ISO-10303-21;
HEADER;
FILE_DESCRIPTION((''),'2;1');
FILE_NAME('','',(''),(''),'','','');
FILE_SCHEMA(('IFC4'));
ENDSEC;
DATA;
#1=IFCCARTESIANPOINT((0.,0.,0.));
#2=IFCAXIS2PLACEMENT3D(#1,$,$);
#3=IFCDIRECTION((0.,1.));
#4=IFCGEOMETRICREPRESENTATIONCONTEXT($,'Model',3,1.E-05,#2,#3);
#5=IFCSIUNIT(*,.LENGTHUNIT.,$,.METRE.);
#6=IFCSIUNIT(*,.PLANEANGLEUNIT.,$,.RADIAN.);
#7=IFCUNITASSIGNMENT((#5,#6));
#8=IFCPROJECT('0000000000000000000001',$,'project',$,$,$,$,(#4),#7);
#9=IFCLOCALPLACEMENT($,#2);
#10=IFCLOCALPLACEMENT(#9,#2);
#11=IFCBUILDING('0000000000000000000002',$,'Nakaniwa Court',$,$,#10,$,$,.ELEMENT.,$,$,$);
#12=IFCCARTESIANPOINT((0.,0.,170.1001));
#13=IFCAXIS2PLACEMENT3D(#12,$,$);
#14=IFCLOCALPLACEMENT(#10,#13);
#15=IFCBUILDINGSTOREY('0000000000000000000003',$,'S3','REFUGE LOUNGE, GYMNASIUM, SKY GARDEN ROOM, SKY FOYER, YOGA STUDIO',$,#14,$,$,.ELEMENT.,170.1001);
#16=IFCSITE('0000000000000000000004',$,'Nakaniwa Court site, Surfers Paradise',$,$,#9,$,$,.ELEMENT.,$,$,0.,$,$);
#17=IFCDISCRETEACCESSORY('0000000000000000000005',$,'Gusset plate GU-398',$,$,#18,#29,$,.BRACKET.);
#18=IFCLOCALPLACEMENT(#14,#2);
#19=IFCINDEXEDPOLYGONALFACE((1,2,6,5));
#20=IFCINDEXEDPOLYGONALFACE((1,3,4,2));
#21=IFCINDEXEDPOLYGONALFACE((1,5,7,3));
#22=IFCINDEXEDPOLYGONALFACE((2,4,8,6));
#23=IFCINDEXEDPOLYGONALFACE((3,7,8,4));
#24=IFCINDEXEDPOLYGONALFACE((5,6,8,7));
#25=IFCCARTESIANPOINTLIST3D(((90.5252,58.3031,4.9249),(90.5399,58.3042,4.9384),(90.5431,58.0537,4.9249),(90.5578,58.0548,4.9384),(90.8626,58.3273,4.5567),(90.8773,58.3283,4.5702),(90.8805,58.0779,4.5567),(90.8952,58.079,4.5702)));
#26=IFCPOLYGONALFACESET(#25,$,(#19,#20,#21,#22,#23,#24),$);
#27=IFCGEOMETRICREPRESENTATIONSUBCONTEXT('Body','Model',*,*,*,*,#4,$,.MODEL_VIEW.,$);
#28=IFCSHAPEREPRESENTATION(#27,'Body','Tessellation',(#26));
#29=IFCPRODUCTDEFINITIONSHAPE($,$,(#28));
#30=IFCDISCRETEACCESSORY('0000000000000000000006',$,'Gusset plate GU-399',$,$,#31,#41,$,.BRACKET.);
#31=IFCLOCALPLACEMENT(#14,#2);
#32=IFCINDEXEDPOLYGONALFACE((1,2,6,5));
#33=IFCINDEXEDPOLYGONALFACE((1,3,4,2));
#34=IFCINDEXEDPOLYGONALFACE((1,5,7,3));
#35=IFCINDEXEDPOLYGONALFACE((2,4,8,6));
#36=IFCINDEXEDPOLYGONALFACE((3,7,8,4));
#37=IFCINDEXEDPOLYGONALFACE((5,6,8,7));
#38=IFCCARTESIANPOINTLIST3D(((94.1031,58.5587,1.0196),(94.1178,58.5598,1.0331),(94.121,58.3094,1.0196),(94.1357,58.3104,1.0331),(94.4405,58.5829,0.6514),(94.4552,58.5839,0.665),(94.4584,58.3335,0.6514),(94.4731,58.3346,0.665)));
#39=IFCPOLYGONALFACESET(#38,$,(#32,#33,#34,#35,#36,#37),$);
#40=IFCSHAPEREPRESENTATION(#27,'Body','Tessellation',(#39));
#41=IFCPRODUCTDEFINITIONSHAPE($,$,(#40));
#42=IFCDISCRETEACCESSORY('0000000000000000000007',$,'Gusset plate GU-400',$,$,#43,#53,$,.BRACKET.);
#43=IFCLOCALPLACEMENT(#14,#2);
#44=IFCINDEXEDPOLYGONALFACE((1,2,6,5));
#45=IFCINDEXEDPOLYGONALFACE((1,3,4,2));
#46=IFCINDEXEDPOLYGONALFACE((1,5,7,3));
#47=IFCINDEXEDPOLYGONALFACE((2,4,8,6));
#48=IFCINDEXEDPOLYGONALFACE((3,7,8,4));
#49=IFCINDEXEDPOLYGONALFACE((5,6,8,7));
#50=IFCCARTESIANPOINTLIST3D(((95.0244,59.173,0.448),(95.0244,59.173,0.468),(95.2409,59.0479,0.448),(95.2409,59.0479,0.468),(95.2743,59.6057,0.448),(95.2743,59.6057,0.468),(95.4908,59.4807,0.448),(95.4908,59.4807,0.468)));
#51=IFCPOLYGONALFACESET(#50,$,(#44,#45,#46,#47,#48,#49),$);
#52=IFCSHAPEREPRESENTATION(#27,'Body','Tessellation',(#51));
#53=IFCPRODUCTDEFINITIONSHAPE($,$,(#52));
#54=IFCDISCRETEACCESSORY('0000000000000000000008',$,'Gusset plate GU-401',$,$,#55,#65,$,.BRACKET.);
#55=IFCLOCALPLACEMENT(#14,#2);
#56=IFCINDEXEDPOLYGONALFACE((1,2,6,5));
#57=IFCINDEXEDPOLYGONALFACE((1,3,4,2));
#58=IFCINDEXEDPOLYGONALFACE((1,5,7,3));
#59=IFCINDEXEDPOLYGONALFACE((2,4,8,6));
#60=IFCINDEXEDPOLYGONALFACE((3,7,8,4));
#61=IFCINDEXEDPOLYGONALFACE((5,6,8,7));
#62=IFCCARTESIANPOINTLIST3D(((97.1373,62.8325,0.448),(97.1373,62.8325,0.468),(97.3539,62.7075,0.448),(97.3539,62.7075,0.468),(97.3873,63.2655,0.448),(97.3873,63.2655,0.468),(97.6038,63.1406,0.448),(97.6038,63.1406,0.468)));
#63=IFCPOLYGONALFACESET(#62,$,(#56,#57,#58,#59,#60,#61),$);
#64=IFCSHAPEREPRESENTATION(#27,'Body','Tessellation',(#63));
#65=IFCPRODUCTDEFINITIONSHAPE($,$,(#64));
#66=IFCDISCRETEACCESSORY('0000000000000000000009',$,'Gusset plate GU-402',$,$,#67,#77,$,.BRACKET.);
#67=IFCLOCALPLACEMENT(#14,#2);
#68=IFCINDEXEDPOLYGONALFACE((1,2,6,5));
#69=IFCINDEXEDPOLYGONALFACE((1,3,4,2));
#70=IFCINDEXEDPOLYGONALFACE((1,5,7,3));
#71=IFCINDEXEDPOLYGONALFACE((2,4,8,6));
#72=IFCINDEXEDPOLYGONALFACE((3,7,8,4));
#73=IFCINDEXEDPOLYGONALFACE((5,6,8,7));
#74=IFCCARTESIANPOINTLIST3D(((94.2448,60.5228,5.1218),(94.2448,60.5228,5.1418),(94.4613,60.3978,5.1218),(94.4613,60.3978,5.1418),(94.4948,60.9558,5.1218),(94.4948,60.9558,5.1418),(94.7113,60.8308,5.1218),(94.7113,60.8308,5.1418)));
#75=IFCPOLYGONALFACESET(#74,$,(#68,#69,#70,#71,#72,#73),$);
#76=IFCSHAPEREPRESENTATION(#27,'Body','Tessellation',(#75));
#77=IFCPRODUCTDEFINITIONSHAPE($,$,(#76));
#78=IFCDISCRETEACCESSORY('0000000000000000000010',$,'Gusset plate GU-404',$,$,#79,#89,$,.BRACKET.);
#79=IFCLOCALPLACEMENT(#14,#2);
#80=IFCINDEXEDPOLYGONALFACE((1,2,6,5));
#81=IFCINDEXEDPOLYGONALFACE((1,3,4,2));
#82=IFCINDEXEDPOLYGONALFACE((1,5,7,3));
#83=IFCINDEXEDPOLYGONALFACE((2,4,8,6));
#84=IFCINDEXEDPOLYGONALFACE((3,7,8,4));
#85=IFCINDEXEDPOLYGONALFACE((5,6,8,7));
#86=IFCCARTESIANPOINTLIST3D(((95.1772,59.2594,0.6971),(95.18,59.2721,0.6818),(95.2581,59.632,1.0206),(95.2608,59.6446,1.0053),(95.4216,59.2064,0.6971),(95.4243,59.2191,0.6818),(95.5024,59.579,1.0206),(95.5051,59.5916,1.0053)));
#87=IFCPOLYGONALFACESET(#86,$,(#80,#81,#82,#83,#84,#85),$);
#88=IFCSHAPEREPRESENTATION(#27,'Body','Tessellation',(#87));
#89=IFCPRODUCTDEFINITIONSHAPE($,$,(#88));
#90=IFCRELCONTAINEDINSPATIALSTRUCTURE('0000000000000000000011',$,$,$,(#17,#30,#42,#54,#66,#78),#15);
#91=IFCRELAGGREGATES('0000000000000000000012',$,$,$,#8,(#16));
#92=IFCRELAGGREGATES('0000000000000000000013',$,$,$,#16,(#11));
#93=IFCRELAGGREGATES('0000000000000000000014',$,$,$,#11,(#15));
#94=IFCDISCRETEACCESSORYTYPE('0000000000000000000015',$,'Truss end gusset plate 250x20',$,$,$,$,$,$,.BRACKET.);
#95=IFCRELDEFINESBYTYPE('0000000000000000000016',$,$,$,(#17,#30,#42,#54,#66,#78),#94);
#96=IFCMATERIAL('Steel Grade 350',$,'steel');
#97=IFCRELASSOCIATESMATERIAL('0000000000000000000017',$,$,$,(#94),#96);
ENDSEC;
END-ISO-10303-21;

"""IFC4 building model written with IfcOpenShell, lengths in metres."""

from ifc_helpers import new_model, si_unit, direction, frame, origin, origin_2d, place, context, subcontext, project, spatial, rectangle, extrude, material, material_profile, profile_set, type_object, element, save


model = new_model("IFC4")

# Units and contexts
model_context = context("Model", 3, precision=1e-05, world=origin(), true_north=direction((0.0, 1.0)))
body_context = subcontext(model_context, "Body", "Model", "MODEL_VIEW")
ifc_project = project(units=[si_unit("LENGTHUNIT", "METRE"), si_unit("PLANEANGLEUNIT", "RADIAN")], contexts=[model_context])

# Site, building, storey
site_placement = place(None, origin())
site = spatial("IfcSite", under=ifc_project, at=site_placement, Name="Nakaniwa Court site, Surfers Paradise", CompositionType="ELEMENT", RefElevation=0.0)
building_placement = place(site_placement, origin())
building = spatial("IfcBuilding", under=site, at=building_placement, Name="Nakaniwa Court", CompositionType="ELEMENT")
storey_placement = place(building_placement, frame((0.0, 0.0, 170.1001)))
storey = spatial("IfcBuildingStorey", under=building, at=storey_placement, Name="S3", Description="REFUGE LOUNGE, GYMNASIUM, SKY GARDEN ROOM, SKY FOYER, YOGA STUDIO", CompositionType="ELEMENT", Elevation=170.1001)

# Shared definitions
ifc_material_1 = material(Name="Steel Grade 350", Category="steel")

# Discrete accessories
ifc_material_profile_1 = material_profile(ifc_material_1, rectangle(XDim=0.25, YDim=0.02, at=origin_2d()), Name="Truss end gusset plate 250x20")
ifc_profile_set_1 = profile_set([ifc_material_profile_1], Name="Steel Grade 350")
discrete_accessory_type = type_object("IfcDiscreteAccessoryType", Name="Truss end gusset plate 250x20", PredefinedType="BRACKET", material=ifc_profile_set_1)
for number, where, z_axis, x_axis, name in (
    (1, (90.8789, 58.2031, 4.5635), (-0.674846, -0.048343, 0.736373), (0.071452, -0.997444, 0.0), "Gusset plate GU-398"),
    (2, (94.1194, 58.4346, 1.0264), (0.674846, 0.048343, -0.736373), (-0.071452, 0.997444, 0.0), "Gusset plate GU-399"),
):
    element("IfcDiscreteAccessory", number, at=place(storey_placement, frame(where, z_axis=z_axis, x_axis=x_axis)), inside=storey, type_object=discrete_accessory_type, Name=name, PredefinedType="BRACKET", context=body_context, shape_type="SweptSolid", body=[
        extrude(rectangle(XDim=0.25, YDim=0.02, at=origin_2d()), origin(), (0.0, 0.0, 1.0), 0.5),
    ])
discrete_accessory_1_placement = place(storey_placement, frame((95.3826, 59.5432, 0.458), z_axis=(-0.500131, -0.86595, 0.0), x_axis=(0.86595, -0.500131, 0.0)))
element("IfcDiscreteAccessory", 3, at=discrete_accessory_1_placement, inside=storey, type_object=discrete_accessory_type, Name="Gusset plate GU-400", PredefinedType="BRACKET", context=body_context, shape_type="SweptSolid", body=[
    extrude(rectangle(XDim=0.25, YDim=0.02, at=origin_2d()), origin(), (0.0, 0.0, 1.0), 0.4998),
])
for number, where, z_axis, x_axis, name in (
    (4, (97.2456, 62.77, 0.458), (0.49992, 0.866072, 0.0), (-0.866072, 0.49992, 0.0), "Gusset plate GU-401"),
    (5, (94.603, 60.8933, 5.1318), (-0.49992, -0.866072, 0.0), (0.866072, -0.49992, 0.0), "Gusset plate GU-402"),
    (6, (95.3816, 59.6118, 1.0129), (-0.16163, -0.745156, -0.647007), (0.977275, -0.211978, 0.0), "Gusset plate GU-404"),
):
    element("IfcDiscreteAccessory", number, at=place(storey_placement, frame(where, z_axis=z_axis, x_axis=x_axis)), inside=storey, type_object=discrete_accessory_type, Name=name, PredefinedType="BRACKET", context=body_context, shape_type="SweptSolid", body=[
        extrude(rectangle(XDim=0.25, YDim=0.02, at=origin_2d()), origin(), (0.0, 0.0, 1.0), 0.5),
    ])

save(model, "model.ifc")
